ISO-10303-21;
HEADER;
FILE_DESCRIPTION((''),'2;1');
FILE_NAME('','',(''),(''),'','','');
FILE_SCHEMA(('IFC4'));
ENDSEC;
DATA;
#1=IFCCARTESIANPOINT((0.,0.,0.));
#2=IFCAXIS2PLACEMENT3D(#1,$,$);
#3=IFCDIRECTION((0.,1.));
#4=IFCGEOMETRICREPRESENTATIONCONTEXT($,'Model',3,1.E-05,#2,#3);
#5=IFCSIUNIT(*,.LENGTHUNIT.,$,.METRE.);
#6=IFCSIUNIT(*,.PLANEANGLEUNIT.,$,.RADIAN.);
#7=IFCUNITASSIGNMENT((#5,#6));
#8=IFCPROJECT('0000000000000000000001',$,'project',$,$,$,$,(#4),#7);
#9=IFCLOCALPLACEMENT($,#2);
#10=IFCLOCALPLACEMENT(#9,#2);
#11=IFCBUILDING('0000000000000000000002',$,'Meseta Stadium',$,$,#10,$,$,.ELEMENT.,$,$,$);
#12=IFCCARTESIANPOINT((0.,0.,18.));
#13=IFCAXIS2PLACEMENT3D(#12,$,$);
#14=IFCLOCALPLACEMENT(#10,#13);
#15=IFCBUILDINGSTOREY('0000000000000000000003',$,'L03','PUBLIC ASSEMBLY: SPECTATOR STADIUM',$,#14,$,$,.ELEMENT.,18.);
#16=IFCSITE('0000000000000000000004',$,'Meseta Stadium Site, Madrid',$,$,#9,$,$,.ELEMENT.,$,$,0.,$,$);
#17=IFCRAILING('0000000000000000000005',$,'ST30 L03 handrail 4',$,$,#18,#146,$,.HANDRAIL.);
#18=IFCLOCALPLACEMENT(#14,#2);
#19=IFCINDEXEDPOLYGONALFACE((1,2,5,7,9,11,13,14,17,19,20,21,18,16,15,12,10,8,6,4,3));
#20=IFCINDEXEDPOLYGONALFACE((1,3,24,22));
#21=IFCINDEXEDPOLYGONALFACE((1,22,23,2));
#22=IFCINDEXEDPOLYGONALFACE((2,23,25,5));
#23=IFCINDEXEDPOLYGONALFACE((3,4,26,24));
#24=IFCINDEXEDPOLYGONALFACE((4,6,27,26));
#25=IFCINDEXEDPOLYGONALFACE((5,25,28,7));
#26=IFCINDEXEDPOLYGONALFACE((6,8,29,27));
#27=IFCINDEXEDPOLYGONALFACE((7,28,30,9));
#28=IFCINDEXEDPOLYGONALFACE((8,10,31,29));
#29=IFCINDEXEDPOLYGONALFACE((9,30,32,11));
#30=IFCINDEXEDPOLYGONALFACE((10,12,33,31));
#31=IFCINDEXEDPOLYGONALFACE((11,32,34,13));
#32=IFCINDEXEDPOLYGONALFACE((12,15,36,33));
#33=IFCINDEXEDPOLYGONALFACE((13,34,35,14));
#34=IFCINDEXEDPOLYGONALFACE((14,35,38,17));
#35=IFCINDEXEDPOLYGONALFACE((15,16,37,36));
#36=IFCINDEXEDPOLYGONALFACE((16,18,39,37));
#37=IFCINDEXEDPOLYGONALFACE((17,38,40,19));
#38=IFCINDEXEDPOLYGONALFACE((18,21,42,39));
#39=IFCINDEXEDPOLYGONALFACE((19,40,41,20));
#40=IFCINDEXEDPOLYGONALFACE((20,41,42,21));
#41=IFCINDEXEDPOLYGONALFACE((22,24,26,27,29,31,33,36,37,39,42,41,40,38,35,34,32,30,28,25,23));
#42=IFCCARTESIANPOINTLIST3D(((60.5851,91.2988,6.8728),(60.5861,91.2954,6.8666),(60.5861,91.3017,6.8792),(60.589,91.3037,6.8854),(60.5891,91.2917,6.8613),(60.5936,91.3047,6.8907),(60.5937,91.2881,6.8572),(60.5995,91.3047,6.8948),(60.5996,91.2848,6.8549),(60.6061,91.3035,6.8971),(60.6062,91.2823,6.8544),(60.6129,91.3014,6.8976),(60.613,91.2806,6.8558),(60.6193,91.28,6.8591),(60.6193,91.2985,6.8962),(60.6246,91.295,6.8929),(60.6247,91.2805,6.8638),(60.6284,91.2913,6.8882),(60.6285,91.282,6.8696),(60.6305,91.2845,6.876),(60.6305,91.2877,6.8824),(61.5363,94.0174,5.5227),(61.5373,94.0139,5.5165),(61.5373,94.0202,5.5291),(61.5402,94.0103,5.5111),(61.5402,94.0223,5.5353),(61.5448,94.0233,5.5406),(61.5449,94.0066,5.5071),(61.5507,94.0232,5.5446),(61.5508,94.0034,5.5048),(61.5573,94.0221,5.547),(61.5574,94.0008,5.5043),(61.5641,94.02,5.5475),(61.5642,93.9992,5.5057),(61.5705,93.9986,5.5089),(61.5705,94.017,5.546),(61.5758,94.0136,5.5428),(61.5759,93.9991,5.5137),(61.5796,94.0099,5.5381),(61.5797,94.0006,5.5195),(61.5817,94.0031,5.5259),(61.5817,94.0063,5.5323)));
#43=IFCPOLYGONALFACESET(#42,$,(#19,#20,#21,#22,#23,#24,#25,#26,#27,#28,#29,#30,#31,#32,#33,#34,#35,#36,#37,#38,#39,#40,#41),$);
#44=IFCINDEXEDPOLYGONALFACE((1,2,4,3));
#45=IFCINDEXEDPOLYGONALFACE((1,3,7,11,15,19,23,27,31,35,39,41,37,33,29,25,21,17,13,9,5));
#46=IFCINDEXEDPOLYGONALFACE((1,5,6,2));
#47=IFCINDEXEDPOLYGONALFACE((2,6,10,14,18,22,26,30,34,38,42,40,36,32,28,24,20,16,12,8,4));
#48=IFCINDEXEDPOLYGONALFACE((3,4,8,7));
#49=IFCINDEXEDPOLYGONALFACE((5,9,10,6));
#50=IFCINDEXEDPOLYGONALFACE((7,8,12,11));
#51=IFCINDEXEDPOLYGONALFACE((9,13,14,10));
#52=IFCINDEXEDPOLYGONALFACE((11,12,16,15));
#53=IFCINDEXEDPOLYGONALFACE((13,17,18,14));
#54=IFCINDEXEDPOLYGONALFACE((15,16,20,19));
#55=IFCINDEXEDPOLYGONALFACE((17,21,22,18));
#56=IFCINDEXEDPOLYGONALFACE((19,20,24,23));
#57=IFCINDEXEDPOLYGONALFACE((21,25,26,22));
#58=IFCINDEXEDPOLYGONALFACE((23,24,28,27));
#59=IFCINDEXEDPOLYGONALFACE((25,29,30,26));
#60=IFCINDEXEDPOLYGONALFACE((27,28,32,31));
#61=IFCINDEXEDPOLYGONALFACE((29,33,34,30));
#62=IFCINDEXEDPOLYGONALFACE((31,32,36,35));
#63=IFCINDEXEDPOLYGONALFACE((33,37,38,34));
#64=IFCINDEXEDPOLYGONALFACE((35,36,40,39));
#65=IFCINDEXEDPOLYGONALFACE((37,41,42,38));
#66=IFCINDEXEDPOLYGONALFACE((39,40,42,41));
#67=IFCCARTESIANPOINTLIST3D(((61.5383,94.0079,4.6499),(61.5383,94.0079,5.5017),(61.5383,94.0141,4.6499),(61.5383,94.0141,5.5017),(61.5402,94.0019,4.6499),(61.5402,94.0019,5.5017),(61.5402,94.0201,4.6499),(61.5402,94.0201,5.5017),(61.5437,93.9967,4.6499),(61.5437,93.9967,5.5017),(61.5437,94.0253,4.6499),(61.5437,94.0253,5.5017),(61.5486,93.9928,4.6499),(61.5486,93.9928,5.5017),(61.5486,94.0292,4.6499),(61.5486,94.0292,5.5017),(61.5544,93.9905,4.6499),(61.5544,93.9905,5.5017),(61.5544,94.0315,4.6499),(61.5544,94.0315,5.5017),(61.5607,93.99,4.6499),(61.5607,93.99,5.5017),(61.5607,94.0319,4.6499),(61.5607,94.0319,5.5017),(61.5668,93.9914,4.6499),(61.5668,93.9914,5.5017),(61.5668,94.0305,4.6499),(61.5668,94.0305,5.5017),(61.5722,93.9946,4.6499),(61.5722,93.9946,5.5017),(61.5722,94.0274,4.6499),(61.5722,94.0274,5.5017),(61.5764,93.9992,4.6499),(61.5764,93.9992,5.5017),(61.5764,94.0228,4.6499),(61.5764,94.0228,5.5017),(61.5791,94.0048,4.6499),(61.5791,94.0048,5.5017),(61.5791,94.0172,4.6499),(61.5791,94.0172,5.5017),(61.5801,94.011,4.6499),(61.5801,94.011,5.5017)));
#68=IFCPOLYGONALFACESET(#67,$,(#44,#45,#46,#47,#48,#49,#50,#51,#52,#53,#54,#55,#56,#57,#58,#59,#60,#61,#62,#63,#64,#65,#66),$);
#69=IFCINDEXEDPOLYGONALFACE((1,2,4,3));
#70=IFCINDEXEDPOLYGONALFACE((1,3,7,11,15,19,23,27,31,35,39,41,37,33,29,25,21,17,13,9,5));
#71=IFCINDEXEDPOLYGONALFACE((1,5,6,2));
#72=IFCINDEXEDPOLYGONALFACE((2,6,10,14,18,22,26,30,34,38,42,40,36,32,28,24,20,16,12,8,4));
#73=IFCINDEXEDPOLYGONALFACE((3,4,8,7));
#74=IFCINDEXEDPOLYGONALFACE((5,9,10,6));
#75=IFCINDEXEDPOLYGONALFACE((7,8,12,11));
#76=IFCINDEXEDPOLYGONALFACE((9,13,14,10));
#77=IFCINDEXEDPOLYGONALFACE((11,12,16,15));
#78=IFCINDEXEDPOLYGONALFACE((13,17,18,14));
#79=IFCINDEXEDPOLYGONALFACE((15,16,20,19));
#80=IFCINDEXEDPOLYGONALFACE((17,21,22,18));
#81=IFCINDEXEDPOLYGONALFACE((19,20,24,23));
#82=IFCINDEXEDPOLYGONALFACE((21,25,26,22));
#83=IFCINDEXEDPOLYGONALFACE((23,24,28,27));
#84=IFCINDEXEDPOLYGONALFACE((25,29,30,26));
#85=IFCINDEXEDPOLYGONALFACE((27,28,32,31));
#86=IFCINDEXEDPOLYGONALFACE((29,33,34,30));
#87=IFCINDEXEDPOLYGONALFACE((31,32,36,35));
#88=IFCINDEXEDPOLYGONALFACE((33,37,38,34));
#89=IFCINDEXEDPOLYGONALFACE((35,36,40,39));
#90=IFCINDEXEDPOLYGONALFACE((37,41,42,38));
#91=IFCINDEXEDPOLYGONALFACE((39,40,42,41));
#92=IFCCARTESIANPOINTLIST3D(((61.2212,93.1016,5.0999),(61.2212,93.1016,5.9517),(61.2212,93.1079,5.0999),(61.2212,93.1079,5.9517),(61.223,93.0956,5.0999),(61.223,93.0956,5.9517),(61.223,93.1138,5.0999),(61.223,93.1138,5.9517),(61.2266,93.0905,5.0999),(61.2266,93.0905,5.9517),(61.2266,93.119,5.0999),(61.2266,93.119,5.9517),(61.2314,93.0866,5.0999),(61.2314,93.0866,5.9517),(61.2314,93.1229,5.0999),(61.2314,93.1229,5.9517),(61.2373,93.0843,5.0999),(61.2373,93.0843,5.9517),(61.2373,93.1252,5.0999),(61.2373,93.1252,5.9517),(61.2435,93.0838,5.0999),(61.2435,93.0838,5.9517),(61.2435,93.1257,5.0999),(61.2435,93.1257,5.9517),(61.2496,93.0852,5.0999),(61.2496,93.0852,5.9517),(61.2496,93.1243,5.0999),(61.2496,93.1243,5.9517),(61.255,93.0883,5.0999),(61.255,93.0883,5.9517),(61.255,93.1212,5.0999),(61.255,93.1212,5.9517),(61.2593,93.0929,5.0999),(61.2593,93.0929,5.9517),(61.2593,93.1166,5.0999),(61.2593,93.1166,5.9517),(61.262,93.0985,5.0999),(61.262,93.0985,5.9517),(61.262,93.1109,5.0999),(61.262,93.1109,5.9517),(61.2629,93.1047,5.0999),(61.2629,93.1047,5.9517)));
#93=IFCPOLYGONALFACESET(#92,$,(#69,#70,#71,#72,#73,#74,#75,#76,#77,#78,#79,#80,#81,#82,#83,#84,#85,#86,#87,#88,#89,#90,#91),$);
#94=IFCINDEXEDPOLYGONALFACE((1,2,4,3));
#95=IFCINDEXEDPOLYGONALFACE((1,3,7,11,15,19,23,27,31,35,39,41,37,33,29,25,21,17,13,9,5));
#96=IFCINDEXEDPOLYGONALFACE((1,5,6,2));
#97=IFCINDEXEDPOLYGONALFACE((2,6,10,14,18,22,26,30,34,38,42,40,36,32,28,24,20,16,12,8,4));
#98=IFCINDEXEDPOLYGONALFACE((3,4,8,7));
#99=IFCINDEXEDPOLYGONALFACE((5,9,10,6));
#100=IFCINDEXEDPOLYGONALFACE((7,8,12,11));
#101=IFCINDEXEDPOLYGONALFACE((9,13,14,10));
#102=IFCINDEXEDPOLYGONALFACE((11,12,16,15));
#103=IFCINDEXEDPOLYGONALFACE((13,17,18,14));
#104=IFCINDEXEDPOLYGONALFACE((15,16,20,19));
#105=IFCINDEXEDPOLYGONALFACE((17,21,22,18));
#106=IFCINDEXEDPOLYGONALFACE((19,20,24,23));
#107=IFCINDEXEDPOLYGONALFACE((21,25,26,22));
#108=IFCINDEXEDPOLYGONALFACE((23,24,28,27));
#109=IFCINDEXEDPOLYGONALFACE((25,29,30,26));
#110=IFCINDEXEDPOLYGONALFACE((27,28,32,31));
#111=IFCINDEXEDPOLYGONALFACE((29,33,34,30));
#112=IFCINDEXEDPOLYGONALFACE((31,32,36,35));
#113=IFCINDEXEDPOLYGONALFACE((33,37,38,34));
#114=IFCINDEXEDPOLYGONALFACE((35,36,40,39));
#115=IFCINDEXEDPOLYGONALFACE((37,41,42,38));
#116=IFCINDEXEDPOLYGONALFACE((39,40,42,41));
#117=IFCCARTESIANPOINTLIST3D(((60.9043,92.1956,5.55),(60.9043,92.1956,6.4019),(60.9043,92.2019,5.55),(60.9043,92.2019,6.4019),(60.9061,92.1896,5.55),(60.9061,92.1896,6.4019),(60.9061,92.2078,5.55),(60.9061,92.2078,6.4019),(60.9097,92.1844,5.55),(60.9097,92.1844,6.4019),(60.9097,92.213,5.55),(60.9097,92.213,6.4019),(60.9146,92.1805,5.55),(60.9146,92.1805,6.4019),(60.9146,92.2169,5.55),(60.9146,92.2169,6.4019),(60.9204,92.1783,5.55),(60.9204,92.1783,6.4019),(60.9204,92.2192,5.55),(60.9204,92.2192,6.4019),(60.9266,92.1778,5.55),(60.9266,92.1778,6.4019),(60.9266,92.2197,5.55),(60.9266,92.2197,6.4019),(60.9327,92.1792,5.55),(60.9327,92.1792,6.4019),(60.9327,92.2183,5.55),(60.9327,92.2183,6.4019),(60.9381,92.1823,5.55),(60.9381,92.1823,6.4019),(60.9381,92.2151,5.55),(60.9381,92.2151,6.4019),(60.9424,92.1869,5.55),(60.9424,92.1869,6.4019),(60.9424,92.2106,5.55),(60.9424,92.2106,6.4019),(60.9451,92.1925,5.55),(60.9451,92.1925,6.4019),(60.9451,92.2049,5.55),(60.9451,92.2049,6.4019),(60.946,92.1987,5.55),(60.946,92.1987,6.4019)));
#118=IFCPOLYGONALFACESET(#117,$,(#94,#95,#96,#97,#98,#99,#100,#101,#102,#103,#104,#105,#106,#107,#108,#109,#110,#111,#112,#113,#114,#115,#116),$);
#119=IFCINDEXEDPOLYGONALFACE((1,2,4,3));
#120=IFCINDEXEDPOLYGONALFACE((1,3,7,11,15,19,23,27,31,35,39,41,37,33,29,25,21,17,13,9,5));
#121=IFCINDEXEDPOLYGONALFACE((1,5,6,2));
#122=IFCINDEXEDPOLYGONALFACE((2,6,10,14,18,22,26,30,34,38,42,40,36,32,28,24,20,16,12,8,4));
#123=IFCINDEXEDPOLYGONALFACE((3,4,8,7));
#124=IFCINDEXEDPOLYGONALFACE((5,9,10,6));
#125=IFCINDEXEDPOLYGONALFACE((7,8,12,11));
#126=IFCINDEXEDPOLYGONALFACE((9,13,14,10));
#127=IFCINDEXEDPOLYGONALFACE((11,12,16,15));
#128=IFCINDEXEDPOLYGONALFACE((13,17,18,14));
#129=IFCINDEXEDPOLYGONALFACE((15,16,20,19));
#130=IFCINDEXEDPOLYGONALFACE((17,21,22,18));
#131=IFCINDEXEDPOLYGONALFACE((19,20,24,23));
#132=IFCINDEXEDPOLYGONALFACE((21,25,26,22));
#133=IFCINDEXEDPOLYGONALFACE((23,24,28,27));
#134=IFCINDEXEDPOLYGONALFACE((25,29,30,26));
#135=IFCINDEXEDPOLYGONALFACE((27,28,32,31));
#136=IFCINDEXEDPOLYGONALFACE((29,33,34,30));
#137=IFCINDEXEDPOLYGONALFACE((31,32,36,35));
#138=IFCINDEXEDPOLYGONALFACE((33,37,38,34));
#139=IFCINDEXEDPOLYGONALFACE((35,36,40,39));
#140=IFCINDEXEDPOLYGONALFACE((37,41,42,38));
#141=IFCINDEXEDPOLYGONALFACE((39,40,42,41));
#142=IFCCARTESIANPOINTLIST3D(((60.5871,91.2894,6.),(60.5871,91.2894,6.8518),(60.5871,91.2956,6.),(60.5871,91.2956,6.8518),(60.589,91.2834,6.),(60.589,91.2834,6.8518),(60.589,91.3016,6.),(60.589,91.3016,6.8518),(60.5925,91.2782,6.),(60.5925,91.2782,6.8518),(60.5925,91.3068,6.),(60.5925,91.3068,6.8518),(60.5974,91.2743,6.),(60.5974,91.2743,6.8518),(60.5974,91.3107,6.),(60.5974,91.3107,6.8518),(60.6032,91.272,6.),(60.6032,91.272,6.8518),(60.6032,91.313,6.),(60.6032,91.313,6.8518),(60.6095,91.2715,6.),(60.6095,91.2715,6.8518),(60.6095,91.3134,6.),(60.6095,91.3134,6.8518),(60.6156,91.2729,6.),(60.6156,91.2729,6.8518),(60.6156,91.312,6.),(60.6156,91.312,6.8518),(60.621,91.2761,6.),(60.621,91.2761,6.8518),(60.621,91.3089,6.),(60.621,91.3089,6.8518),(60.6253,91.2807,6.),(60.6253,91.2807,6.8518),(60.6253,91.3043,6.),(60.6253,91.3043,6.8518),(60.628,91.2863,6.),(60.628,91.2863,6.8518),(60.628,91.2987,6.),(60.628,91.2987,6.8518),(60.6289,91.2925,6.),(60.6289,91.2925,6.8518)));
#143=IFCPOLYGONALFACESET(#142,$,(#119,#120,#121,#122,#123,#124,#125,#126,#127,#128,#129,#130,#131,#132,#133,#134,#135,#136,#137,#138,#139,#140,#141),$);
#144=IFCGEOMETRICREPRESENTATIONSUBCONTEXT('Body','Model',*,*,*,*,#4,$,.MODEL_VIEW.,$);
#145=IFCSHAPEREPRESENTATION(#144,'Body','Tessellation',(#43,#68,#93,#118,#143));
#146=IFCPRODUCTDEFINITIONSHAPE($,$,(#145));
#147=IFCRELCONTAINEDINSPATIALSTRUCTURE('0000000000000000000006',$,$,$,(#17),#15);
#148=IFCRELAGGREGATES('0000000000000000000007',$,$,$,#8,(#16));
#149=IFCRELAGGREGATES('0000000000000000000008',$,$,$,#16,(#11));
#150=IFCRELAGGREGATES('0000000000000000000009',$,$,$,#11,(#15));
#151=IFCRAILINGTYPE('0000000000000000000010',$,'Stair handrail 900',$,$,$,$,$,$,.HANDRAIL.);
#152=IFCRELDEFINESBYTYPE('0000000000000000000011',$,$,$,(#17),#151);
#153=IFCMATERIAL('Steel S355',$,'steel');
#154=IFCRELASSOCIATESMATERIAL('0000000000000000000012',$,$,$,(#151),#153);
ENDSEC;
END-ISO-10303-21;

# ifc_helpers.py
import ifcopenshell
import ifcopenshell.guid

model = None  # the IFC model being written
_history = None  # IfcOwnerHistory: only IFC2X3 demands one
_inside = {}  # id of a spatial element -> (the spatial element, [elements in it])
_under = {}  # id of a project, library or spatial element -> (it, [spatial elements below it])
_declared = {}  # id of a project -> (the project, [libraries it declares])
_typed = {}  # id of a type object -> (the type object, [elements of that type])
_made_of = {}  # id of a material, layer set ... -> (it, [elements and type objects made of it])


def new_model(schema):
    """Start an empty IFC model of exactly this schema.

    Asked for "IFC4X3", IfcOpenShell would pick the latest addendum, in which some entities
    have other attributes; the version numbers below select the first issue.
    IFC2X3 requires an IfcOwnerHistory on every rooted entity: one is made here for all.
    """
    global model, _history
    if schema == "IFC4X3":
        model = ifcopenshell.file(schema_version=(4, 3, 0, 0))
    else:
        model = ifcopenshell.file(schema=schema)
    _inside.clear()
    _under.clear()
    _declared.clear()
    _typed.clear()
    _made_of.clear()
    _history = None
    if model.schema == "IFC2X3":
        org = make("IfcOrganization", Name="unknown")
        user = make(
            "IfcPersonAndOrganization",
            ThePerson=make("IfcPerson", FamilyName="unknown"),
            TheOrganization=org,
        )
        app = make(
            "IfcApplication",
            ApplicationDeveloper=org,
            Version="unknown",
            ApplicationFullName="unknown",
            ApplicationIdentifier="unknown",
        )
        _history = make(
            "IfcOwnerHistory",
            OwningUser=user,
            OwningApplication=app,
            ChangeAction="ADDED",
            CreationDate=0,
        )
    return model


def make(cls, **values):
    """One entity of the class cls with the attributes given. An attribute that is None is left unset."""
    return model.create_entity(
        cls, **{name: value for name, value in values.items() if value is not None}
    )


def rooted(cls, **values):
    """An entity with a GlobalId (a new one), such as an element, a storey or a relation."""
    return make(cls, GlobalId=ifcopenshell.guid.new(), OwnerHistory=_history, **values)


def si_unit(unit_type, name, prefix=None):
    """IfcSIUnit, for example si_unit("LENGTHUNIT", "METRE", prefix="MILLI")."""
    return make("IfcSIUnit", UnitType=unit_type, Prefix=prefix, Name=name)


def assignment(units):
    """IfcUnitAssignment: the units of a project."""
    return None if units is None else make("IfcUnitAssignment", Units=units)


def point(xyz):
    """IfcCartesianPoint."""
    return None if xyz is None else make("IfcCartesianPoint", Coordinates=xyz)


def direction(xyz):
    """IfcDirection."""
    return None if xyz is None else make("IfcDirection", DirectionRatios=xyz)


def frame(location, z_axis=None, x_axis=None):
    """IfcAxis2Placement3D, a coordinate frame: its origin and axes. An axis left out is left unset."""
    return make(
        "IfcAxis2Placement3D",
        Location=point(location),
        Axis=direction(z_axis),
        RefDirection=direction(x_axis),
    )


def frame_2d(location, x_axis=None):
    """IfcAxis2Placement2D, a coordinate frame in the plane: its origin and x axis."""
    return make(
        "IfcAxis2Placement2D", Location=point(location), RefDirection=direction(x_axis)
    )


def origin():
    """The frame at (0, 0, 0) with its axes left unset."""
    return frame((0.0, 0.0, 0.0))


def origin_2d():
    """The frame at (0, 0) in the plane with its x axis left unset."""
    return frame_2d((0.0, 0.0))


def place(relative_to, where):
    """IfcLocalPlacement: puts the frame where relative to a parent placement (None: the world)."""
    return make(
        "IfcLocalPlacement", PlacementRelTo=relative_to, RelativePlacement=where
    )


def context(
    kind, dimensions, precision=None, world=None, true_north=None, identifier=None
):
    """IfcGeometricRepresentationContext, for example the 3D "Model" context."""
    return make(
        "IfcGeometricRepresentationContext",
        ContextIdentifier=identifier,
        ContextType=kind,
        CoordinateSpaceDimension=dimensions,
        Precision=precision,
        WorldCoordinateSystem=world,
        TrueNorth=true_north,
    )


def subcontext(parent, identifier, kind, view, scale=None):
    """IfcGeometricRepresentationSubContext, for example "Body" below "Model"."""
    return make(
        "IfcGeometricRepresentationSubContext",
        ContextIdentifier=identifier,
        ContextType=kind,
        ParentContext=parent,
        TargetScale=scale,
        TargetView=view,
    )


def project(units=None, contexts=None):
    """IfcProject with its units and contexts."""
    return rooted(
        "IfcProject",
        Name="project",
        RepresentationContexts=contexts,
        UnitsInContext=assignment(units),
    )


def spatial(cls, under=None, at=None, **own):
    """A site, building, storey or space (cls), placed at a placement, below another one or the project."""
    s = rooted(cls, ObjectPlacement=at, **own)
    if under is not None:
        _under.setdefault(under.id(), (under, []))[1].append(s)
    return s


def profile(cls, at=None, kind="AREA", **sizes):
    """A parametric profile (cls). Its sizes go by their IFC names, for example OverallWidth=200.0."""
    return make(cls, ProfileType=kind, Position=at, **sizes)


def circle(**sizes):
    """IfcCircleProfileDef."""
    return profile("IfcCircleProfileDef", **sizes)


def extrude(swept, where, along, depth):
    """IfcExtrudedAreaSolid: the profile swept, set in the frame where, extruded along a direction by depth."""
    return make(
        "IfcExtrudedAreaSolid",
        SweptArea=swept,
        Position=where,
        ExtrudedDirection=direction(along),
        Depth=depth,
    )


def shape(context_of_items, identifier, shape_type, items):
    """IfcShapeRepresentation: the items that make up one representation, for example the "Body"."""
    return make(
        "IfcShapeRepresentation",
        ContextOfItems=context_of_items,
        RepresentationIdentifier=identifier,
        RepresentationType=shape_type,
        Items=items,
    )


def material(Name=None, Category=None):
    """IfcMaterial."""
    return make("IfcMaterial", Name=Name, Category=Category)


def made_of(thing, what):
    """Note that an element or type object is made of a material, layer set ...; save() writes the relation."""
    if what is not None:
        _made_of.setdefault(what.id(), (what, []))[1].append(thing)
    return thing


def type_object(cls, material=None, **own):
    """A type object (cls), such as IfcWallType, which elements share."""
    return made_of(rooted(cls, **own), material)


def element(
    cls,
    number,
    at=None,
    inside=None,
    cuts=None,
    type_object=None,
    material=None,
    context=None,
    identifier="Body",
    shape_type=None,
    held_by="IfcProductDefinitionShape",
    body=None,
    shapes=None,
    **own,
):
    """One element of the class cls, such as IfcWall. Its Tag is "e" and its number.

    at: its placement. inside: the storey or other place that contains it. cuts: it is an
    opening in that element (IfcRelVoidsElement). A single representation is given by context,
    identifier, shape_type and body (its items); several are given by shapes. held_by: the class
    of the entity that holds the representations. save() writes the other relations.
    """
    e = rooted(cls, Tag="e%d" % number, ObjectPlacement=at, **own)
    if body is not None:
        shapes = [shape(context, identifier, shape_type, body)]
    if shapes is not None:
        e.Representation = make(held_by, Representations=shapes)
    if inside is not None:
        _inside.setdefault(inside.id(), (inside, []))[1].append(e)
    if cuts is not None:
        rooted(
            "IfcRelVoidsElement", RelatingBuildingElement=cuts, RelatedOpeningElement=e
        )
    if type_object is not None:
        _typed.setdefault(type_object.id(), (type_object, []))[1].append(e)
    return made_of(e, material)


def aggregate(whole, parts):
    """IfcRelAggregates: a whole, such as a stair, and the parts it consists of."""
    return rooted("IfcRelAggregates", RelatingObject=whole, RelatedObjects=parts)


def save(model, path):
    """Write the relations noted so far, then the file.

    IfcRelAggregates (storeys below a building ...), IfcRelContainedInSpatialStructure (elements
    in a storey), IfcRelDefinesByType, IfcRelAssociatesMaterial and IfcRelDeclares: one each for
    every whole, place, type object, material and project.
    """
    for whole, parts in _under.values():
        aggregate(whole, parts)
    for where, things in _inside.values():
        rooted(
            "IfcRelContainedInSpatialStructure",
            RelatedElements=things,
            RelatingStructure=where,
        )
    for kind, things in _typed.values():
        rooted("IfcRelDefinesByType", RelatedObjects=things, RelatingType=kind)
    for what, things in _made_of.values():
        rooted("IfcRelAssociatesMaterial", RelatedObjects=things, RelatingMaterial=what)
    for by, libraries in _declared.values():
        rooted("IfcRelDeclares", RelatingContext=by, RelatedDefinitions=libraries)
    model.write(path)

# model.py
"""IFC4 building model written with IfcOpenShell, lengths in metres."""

from ifc_helpers import new_model, si_unit, direction, frame, origin, origin_2d, place, context, subcontext, project, spatial, circle, extrude, material, type_object, element, save


model = new_model("IFC4")

# Units and contexts
model_context = context("Model", 3, precision=1e-05, world=origin(), true_north=direction((0.0, 1.0)))
body_context = subcontext(model_context, "Body", "Model", "MODEL_VIEW")
ifc_project = project(units=[si_unit("LENGTHUNIT", "METRE"), si_unit("PLANEANGLEUNIT", "RADIAN")], contexts=[model_context])

# Site, building, storey
site_placement = place(None, origin())
site = spatial("IfcSite", under=ifc_project, at=site_placement, Name="Meseta Stadium Site, Madrid", CompositionType="ELEMENT", RefElevation=0.0)
building_placement = place(site_placement, origin())
building = spatial("IfcBuilding", under=site, at=building_placement, Name="Meseta Stadium", CompositionType="ELEMENT")
storey_placement = place(building_placement, frame((0.0, 0.0, 18.0)))
storey = spatial("IfcBuildingStorey", under=building, at=storey_placement, Name="L03", Description="PUBLIC ASSEMBLY: SPECTATOR STADIUM", CompositionType="ELEMENT", Elevation=18.0)

# Railing
ifc_material_1 = material(Name="Steel S355", Category="steel")
railing_type_1 = type_object("IfcRailingType", Name="Stair handrail 900", PredefinedType="HANDRAIL", material=ifc_material_1)
for number, where, name in (
    (1, (61.5591, 94.011, 4.6499), "ST30 L03 handrail 4"),
):
    element("IfcRailing", number, at=place(storey_placement, frame(where)), inside=storey, type_object=railing_type_1, Name=name, PredefinedType="HANDRAIL", context=body_context, shape_type="SweptSolid", body=[
        extrude(circle(Radius=0.0239, at=origin_2d()), frame((0.0, 0.0, 0.876), z_axis=(-0.299031, -0.854649, 0.424446), x_axis=(0.943891, -0.330256, 0.0)), (0.0, 0.0, 1.0), 3.1809),
        extrude(circle(Radius=0.021, at=origin_2d()), origin(), (0.0, 0.0, 1.0), 0.8518),
        extrude(circle(Radius=0.021, at=origin_2d()), frame((-0.3171, -0.9062, 0.45)), (0.0, 0.0, 1.0), 0.8518),
        extrude(circle(Radius=0.021, at=origin_2d()), frame((-0.634, -1.8123, 0.9001)), (0.0, 0.0, 1.0), 0.8518),
        extrude(circle(Radius=0.021, at=origin_2d()), frame((-0.9512, -2.7185, 1.3501)), (0.0, 0.0, 1.0), 0.8518),
    ])

save(model, "model.ifc")
